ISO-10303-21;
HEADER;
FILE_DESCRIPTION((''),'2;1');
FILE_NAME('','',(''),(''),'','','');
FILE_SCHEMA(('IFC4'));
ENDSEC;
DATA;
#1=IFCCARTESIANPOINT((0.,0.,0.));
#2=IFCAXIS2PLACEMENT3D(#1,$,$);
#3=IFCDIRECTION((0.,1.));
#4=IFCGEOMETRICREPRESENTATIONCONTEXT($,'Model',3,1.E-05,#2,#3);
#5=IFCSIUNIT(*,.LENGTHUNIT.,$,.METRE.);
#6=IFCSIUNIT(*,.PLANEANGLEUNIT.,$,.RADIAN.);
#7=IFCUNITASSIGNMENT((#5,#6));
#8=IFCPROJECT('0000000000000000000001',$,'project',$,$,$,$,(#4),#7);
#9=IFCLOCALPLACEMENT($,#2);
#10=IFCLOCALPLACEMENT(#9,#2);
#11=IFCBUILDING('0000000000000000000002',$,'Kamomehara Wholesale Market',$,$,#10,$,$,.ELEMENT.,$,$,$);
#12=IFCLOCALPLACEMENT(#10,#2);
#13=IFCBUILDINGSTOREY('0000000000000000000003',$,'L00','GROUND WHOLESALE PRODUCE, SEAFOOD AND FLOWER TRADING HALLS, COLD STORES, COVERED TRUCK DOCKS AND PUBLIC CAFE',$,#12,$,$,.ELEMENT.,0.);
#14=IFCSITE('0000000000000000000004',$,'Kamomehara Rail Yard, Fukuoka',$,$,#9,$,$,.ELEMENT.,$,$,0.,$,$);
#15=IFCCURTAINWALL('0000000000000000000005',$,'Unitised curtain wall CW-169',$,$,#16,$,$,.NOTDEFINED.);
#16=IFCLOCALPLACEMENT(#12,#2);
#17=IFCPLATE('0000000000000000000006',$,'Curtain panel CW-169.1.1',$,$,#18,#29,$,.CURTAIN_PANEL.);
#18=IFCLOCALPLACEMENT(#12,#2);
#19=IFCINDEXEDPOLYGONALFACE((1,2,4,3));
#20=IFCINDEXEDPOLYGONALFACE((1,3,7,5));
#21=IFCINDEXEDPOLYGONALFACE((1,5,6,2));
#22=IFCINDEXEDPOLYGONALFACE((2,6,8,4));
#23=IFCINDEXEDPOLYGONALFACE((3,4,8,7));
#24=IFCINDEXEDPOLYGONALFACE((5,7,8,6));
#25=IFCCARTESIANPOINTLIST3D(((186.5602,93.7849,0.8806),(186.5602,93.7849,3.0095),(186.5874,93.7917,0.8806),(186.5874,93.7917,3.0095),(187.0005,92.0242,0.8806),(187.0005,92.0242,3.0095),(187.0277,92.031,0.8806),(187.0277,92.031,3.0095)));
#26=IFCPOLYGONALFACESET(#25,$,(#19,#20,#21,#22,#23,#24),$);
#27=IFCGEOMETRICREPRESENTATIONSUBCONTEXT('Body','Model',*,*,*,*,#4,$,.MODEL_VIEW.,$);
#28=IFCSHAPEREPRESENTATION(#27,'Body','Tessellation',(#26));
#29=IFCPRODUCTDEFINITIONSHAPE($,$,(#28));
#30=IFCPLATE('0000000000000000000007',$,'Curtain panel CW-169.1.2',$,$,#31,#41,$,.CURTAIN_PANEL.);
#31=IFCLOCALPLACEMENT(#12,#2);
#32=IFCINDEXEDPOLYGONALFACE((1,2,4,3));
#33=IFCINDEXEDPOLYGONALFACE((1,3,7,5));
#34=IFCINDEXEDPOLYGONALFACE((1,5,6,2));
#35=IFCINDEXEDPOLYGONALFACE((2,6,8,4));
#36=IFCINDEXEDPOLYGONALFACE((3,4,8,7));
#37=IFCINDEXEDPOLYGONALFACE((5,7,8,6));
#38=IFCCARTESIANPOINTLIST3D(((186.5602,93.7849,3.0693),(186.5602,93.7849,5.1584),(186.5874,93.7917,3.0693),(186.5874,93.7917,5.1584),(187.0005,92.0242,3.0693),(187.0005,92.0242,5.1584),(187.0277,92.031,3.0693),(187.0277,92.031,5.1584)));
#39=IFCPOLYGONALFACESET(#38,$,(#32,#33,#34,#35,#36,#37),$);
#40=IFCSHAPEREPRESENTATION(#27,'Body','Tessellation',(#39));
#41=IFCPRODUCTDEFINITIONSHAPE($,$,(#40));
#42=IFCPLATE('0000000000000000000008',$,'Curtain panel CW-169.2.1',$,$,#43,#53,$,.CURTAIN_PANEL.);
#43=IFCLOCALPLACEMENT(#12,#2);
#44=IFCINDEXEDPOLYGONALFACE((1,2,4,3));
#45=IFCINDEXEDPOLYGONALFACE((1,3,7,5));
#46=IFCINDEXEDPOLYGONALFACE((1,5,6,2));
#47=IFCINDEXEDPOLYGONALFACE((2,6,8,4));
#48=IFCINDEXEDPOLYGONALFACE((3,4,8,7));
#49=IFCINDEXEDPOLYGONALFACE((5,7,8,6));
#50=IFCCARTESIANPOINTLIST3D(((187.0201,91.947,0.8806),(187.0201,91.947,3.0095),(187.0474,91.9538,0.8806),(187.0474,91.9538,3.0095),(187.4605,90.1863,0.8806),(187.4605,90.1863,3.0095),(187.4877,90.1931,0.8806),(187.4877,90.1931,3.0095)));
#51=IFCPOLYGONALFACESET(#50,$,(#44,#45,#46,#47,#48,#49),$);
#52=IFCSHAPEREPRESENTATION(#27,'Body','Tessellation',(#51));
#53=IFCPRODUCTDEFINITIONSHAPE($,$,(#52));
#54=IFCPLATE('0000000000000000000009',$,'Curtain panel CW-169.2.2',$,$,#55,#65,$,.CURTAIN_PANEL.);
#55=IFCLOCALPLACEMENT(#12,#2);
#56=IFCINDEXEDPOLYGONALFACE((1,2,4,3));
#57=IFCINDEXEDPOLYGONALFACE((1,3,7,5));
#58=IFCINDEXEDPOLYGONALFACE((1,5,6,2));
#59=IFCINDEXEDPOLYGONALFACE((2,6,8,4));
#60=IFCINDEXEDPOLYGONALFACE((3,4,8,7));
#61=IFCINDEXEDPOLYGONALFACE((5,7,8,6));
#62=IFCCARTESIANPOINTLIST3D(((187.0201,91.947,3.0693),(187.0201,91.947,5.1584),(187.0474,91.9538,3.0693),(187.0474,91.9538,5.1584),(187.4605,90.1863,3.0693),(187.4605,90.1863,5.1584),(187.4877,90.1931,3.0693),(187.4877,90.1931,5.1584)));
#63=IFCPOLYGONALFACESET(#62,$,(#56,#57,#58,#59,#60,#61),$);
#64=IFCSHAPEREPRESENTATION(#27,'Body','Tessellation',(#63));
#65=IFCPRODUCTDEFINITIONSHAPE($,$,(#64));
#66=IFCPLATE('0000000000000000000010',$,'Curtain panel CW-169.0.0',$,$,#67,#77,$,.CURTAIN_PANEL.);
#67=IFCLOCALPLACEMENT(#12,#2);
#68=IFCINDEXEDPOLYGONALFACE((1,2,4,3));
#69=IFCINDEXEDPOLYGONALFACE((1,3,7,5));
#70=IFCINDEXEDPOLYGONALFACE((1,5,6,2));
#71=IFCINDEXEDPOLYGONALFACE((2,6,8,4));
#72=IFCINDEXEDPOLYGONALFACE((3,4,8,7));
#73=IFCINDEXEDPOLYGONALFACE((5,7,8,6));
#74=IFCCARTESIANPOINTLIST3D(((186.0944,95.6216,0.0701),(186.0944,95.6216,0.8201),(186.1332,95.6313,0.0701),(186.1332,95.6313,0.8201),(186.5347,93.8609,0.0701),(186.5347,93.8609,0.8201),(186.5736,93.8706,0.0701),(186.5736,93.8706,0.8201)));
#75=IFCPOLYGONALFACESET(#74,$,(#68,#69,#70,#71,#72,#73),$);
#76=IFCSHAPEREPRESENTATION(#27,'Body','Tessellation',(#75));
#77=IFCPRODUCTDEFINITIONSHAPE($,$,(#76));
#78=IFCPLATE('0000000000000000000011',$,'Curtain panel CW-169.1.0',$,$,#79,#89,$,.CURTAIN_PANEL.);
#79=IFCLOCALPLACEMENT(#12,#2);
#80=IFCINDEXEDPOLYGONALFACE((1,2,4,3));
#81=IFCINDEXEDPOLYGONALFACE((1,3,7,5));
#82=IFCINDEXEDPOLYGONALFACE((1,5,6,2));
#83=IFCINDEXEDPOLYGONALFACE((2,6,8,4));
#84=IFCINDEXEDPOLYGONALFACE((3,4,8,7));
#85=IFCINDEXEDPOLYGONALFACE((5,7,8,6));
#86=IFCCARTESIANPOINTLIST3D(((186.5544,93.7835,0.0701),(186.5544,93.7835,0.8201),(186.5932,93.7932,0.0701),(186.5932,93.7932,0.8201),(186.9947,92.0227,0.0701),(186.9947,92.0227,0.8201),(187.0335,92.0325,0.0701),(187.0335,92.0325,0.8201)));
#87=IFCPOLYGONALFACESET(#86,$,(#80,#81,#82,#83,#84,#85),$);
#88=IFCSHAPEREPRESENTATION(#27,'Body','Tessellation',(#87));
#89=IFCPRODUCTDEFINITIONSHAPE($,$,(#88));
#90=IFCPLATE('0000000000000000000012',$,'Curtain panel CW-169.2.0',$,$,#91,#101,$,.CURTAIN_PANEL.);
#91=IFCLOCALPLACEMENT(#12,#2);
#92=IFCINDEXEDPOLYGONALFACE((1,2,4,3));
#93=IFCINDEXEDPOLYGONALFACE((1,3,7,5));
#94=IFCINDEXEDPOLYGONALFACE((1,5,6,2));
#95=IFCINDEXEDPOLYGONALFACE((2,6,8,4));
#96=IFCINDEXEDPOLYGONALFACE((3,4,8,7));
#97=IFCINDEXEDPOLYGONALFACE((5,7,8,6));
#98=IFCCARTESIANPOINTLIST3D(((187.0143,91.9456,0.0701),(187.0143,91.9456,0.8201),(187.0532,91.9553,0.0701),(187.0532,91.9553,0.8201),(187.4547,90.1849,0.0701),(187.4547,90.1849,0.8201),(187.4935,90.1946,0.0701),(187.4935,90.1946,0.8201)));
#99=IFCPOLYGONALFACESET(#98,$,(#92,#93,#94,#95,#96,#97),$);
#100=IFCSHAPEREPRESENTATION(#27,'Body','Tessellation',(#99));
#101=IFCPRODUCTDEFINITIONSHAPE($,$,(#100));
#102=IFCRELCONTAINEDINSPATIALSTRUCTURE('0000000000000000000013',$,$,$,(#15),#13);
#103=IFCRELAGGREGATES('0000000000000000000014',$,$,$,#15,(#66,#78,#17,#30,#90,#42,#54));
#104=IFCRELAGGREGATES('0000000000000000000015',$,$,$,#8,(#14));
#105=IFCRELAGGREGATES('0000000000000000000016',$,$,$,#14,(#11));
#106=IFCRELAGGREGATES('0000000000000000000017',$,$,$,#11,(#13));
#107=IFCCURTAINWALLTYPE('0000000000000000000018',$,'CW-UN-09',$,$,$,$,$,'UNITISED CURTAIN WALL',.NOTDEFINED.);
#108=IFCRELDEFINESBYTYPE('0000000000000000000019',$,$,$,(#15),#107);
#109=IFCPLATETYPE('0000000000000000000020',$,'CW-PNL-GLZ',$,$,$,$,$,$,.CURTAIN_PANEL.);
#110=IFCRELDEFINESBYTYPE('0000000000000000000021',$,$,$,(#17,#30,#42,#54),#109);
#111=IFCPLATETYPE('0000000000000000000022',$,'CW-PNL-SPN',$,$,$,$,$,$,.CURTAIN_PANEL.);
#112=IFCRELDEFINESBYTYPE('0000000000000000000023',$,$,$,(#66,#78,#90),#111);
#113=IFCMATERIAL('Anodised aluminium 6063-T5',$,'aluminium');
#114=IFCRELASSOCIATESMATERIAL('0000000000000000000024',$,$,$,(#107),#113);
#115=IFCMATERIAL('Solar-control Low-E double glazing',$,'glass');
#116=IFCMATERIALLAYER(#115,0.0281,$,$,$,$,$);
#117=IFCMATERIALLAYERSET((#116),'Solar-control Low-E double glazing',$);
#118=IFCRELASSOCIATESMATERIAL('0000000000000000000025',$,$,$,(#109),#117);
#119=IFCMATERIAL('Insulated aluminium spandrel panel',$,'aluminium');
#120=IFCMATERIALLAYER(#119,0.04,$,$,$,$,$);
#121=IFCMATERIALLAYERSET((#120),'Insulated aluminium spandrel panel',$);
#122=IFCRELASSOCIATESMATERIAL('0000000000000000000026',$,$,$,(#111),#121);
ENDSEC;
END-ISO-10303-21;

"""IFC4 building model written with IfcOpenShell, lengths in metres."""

from ifc_helpers import new_model, si_unit, direction, frame, origin, origin_2d, place, context, subcontext, project, spatial, rectangle, extrude, material, layer, layer_set, type_object, element, aggregate, save


model = new_model("IFC4")

# Units and contexts
model_context = context("Model", 3, precision=1e-05, world=origin(), true_north=direction((0.0, 1.0)))
body_context = subcontext(model_context, "Body", "Model", "MODEL_VIEW")
ifc_project = project(units=[si_unit("LENGTHUNIT", "METRE"), si_unit("PLANEANGLEUNIT", "RADIAN")], contexts=[model_context])

# Site, building, storey
site_placement = place(None, origin())
site = spatial("IfcSite", under=ifc_project, at=site_placement, Name="Kamomehara Rail Yard, Fukuoka", CompositionType="ELEMENT", RefElevation=0.0)
building_placement = place(site_placement, origin())
building = spatial("IfcBuilding", under=site, at=building_placement, Name="Kamomehara Wholesale Market", CompositionType="ELEMENT")
storey_placement = place(building_placement, origin())
storey = spatial("IfcBuildingStorey", under=building, at=storey_placement, Name="L00", Description="GROUND WHOLESALE PRODUCE, SEAFOOD AND FLOWER TRADING HALLS, COLD STORES, COVERED TRUCK DOCKS AND PUBLIC CAFE", CompositionType="ELEMENT", Elevation=0.0)

# Curtain wall
ifc_material_1 = material(Name="Anodised aluminium 6063-T5", Category="aluminium")
curtain_wall_type = type_object("IfcCurtainWallType", Name="CW-UN-09", ElementType="UNITISED CURTAIN WALL", PredefinedType="NOTDEFINED", material=ifc_material_1)
curtain_wall_1_placement = place(storey_placement, origin())
curtain_wall_1 = element("IfcCurtainWall", 1, at=curtain_wall_1_placement, inside=storey, type_object=curtain_wall_type, Name="Unitised curtain wall CW-169", PredefinedType="NOTDEFINED")

# Plates
ifc_material_2 = material(Name="Solar-control Low-E double glazing", Category="glass")
ifc_layer_1 = layer(ifc_material_2, 0.0281)
ifc_layer_set_1 = layer_set([ifc_layer_1], Name="Solar-control Low-E double glazing")
plate_type_1 = type_object("IfcPlateType", Name="CW-PNL-GLZ", PredefinedType="CURTAIN_PANEL", material=ifc_layer_set_1)
plate_1_placement = place(storey_placement, frame((186.7939, 92.908, 0.8806), z_axis=(0.0, 0.0, 1.0), x_axis=(0.242616, -0.970122, 0.0)))
plate_1 = element("IfcPlate", 2, at=plate_1_placement, type_object=plate_type_1, Name="Curtain panel CW-169.1.1", PredefinedType="CURTAIN_PANEL", context=body_context, shape_type="SweptSolid", body=[
    extrude(rectangle(XDim=1.8149, YDim=0.0281, at=origin_2d()), origin(), (0.0, 0.0, 1.0), 2.1289),
])
plate_2_placement = place(storey_placement, frame((186.7939, 92.908, 3.0693), z_axis=(0.0, 0.0, 1.0), x_axis=(0.242616, -0.970122, 0.0)))
plate_2 = element("IfcPlate", 3, at=plate_2_placement, type_object=plate_type_1, Name="Curtain panel CW-169.1.2", PredefinedType="CURTAIN_PANEL", context=body_context, shape_type="SweptSolid", body=[
    extrude(rectangle(XDim=1.8149, YDim=0.0281, at=origin_2d()), origin(), (0.0, 0.0, 1.0), 2.0891),
])
plate_3_placement = place(storey_placement, frame((187.2539, 91.0701, 0.8806), z_axis=(0.0, 0.0, 1.0), x_axis=(0.242616, -0.970122, 0.0)))
plate_3 = element("IfcPlate", 4, at=plate_3_placement, type_object=plate_type_1, Name="Curtain panel CW-169.2.1", PredefinedType="CURTAIN_PANEL", context=body_context, shape_type="SweptSolid", body=[
    extrude(rectangle(XDim=1.8149, YDim=0.0281, at=origin_2d()), origin(), (0.0, 0.0, 1.0), 2.1289),
])
plate_4_placement = place(storey_placement, frame((187.2539, 91.0701, 3.0693), z_axis=(0.0, 0.0, 1.0), x_axis=(0.242616, -0.970122, 0.0)))
plate_4 = element("IfcPlate", 5, at=plate_4_placement, type_object=plate_type_1, Name="Curtain panel CW-169.2.2", PredefinedType="CURTAIN_PANEL", context=body_context, shape_type="SweptSolid", body=[
    extrude(rectangle(XDim=1.8149, YDim=0.0281, at=origin_2d()), origin(), (0.0, 0.0, 1.0), 2.0891),
])
ifc_material_3 = material(Name="Insulated aluminium spandrel panel", Category="aluminium")
ifc_layer_2 = layer(ifc_material_3, 0.04)
ifc_layer_set_2 = layer_set([ifc_layer_2], Name="Insulated aluminium spandrel panel")
plate_type_2 = type_object("IfcPlateType", Name="CW-PNL-SPN", PredefinedType="CURTAIN_PANEL", material=ifc_layer_set_2)
plate_5_placement = place(storey_placement, frame((186.334, 94.7461, 0.0701), z_axis=(0.0, 0.0, 1.0), x_axis=(0.242616, -0.970122, 0.0)))
plate_5 = element("IfcPlate", 6, at=plate_5_placement, type_object=plate_type_2, Name="Curtain panel CW-169.0.0", PredefinedType="CURTAIN_PANEL", context=body_context, shape_type="SweptSolid", body=[
    extrude(rectangle(XDim=1.8149, YDim=0.04, at=origin_2d()), origin(), (0.0, 0.0, 1.0), 0.75),
])
plate_6_placement = place(storey_placement, frame((186.7939, 92.908, 0.0701), z_axis=(0.0, 0.0, 1.0), x_axis=(0.242616, -0.970122, 0.0)))
plate_6 = element("IfcPlate", 7, at=plate_6_placement, type_object=plate_type_2, Name="Curtain panel CW-169.1.0", PredefinedType="CURTAIN_PANEL", context=body_context, shape_type="SweptSolid", body=[
    extrude(rectangle(XDim=1.8149, YDim=0.04, at=origin_2d()), origin(), (0.0, 0.0, 1.0), 0.75),
])
plate_7_placement = place(storey_placement, frame((187.2539, 91.0701, 0.0701), z_axis=(0.0, 0.0, 1.0), x_axis=(0.242616, -0.970122, 0.0)))
plate_7 = element("IfcPlate", 8, at=plate_7_placement, type_object=plate_type_2, Name="Curtain panel CW-169.2.0", PredefinedType="CURTAIN_PANEL", context=body_context, shape_type="SweptSolid", body=[
    extrude(rectangle(XDim=1.8149, YDim=0.04, at=origin_2d()), origin(), (0.0, 0.0, 1.0), 0.75),
])
aggregate(curtain_wall_1, [plate_5, plate_6, plate_1, plate_2, plate_7, plate_3, plate_4])

save(model, "model.ifc")
